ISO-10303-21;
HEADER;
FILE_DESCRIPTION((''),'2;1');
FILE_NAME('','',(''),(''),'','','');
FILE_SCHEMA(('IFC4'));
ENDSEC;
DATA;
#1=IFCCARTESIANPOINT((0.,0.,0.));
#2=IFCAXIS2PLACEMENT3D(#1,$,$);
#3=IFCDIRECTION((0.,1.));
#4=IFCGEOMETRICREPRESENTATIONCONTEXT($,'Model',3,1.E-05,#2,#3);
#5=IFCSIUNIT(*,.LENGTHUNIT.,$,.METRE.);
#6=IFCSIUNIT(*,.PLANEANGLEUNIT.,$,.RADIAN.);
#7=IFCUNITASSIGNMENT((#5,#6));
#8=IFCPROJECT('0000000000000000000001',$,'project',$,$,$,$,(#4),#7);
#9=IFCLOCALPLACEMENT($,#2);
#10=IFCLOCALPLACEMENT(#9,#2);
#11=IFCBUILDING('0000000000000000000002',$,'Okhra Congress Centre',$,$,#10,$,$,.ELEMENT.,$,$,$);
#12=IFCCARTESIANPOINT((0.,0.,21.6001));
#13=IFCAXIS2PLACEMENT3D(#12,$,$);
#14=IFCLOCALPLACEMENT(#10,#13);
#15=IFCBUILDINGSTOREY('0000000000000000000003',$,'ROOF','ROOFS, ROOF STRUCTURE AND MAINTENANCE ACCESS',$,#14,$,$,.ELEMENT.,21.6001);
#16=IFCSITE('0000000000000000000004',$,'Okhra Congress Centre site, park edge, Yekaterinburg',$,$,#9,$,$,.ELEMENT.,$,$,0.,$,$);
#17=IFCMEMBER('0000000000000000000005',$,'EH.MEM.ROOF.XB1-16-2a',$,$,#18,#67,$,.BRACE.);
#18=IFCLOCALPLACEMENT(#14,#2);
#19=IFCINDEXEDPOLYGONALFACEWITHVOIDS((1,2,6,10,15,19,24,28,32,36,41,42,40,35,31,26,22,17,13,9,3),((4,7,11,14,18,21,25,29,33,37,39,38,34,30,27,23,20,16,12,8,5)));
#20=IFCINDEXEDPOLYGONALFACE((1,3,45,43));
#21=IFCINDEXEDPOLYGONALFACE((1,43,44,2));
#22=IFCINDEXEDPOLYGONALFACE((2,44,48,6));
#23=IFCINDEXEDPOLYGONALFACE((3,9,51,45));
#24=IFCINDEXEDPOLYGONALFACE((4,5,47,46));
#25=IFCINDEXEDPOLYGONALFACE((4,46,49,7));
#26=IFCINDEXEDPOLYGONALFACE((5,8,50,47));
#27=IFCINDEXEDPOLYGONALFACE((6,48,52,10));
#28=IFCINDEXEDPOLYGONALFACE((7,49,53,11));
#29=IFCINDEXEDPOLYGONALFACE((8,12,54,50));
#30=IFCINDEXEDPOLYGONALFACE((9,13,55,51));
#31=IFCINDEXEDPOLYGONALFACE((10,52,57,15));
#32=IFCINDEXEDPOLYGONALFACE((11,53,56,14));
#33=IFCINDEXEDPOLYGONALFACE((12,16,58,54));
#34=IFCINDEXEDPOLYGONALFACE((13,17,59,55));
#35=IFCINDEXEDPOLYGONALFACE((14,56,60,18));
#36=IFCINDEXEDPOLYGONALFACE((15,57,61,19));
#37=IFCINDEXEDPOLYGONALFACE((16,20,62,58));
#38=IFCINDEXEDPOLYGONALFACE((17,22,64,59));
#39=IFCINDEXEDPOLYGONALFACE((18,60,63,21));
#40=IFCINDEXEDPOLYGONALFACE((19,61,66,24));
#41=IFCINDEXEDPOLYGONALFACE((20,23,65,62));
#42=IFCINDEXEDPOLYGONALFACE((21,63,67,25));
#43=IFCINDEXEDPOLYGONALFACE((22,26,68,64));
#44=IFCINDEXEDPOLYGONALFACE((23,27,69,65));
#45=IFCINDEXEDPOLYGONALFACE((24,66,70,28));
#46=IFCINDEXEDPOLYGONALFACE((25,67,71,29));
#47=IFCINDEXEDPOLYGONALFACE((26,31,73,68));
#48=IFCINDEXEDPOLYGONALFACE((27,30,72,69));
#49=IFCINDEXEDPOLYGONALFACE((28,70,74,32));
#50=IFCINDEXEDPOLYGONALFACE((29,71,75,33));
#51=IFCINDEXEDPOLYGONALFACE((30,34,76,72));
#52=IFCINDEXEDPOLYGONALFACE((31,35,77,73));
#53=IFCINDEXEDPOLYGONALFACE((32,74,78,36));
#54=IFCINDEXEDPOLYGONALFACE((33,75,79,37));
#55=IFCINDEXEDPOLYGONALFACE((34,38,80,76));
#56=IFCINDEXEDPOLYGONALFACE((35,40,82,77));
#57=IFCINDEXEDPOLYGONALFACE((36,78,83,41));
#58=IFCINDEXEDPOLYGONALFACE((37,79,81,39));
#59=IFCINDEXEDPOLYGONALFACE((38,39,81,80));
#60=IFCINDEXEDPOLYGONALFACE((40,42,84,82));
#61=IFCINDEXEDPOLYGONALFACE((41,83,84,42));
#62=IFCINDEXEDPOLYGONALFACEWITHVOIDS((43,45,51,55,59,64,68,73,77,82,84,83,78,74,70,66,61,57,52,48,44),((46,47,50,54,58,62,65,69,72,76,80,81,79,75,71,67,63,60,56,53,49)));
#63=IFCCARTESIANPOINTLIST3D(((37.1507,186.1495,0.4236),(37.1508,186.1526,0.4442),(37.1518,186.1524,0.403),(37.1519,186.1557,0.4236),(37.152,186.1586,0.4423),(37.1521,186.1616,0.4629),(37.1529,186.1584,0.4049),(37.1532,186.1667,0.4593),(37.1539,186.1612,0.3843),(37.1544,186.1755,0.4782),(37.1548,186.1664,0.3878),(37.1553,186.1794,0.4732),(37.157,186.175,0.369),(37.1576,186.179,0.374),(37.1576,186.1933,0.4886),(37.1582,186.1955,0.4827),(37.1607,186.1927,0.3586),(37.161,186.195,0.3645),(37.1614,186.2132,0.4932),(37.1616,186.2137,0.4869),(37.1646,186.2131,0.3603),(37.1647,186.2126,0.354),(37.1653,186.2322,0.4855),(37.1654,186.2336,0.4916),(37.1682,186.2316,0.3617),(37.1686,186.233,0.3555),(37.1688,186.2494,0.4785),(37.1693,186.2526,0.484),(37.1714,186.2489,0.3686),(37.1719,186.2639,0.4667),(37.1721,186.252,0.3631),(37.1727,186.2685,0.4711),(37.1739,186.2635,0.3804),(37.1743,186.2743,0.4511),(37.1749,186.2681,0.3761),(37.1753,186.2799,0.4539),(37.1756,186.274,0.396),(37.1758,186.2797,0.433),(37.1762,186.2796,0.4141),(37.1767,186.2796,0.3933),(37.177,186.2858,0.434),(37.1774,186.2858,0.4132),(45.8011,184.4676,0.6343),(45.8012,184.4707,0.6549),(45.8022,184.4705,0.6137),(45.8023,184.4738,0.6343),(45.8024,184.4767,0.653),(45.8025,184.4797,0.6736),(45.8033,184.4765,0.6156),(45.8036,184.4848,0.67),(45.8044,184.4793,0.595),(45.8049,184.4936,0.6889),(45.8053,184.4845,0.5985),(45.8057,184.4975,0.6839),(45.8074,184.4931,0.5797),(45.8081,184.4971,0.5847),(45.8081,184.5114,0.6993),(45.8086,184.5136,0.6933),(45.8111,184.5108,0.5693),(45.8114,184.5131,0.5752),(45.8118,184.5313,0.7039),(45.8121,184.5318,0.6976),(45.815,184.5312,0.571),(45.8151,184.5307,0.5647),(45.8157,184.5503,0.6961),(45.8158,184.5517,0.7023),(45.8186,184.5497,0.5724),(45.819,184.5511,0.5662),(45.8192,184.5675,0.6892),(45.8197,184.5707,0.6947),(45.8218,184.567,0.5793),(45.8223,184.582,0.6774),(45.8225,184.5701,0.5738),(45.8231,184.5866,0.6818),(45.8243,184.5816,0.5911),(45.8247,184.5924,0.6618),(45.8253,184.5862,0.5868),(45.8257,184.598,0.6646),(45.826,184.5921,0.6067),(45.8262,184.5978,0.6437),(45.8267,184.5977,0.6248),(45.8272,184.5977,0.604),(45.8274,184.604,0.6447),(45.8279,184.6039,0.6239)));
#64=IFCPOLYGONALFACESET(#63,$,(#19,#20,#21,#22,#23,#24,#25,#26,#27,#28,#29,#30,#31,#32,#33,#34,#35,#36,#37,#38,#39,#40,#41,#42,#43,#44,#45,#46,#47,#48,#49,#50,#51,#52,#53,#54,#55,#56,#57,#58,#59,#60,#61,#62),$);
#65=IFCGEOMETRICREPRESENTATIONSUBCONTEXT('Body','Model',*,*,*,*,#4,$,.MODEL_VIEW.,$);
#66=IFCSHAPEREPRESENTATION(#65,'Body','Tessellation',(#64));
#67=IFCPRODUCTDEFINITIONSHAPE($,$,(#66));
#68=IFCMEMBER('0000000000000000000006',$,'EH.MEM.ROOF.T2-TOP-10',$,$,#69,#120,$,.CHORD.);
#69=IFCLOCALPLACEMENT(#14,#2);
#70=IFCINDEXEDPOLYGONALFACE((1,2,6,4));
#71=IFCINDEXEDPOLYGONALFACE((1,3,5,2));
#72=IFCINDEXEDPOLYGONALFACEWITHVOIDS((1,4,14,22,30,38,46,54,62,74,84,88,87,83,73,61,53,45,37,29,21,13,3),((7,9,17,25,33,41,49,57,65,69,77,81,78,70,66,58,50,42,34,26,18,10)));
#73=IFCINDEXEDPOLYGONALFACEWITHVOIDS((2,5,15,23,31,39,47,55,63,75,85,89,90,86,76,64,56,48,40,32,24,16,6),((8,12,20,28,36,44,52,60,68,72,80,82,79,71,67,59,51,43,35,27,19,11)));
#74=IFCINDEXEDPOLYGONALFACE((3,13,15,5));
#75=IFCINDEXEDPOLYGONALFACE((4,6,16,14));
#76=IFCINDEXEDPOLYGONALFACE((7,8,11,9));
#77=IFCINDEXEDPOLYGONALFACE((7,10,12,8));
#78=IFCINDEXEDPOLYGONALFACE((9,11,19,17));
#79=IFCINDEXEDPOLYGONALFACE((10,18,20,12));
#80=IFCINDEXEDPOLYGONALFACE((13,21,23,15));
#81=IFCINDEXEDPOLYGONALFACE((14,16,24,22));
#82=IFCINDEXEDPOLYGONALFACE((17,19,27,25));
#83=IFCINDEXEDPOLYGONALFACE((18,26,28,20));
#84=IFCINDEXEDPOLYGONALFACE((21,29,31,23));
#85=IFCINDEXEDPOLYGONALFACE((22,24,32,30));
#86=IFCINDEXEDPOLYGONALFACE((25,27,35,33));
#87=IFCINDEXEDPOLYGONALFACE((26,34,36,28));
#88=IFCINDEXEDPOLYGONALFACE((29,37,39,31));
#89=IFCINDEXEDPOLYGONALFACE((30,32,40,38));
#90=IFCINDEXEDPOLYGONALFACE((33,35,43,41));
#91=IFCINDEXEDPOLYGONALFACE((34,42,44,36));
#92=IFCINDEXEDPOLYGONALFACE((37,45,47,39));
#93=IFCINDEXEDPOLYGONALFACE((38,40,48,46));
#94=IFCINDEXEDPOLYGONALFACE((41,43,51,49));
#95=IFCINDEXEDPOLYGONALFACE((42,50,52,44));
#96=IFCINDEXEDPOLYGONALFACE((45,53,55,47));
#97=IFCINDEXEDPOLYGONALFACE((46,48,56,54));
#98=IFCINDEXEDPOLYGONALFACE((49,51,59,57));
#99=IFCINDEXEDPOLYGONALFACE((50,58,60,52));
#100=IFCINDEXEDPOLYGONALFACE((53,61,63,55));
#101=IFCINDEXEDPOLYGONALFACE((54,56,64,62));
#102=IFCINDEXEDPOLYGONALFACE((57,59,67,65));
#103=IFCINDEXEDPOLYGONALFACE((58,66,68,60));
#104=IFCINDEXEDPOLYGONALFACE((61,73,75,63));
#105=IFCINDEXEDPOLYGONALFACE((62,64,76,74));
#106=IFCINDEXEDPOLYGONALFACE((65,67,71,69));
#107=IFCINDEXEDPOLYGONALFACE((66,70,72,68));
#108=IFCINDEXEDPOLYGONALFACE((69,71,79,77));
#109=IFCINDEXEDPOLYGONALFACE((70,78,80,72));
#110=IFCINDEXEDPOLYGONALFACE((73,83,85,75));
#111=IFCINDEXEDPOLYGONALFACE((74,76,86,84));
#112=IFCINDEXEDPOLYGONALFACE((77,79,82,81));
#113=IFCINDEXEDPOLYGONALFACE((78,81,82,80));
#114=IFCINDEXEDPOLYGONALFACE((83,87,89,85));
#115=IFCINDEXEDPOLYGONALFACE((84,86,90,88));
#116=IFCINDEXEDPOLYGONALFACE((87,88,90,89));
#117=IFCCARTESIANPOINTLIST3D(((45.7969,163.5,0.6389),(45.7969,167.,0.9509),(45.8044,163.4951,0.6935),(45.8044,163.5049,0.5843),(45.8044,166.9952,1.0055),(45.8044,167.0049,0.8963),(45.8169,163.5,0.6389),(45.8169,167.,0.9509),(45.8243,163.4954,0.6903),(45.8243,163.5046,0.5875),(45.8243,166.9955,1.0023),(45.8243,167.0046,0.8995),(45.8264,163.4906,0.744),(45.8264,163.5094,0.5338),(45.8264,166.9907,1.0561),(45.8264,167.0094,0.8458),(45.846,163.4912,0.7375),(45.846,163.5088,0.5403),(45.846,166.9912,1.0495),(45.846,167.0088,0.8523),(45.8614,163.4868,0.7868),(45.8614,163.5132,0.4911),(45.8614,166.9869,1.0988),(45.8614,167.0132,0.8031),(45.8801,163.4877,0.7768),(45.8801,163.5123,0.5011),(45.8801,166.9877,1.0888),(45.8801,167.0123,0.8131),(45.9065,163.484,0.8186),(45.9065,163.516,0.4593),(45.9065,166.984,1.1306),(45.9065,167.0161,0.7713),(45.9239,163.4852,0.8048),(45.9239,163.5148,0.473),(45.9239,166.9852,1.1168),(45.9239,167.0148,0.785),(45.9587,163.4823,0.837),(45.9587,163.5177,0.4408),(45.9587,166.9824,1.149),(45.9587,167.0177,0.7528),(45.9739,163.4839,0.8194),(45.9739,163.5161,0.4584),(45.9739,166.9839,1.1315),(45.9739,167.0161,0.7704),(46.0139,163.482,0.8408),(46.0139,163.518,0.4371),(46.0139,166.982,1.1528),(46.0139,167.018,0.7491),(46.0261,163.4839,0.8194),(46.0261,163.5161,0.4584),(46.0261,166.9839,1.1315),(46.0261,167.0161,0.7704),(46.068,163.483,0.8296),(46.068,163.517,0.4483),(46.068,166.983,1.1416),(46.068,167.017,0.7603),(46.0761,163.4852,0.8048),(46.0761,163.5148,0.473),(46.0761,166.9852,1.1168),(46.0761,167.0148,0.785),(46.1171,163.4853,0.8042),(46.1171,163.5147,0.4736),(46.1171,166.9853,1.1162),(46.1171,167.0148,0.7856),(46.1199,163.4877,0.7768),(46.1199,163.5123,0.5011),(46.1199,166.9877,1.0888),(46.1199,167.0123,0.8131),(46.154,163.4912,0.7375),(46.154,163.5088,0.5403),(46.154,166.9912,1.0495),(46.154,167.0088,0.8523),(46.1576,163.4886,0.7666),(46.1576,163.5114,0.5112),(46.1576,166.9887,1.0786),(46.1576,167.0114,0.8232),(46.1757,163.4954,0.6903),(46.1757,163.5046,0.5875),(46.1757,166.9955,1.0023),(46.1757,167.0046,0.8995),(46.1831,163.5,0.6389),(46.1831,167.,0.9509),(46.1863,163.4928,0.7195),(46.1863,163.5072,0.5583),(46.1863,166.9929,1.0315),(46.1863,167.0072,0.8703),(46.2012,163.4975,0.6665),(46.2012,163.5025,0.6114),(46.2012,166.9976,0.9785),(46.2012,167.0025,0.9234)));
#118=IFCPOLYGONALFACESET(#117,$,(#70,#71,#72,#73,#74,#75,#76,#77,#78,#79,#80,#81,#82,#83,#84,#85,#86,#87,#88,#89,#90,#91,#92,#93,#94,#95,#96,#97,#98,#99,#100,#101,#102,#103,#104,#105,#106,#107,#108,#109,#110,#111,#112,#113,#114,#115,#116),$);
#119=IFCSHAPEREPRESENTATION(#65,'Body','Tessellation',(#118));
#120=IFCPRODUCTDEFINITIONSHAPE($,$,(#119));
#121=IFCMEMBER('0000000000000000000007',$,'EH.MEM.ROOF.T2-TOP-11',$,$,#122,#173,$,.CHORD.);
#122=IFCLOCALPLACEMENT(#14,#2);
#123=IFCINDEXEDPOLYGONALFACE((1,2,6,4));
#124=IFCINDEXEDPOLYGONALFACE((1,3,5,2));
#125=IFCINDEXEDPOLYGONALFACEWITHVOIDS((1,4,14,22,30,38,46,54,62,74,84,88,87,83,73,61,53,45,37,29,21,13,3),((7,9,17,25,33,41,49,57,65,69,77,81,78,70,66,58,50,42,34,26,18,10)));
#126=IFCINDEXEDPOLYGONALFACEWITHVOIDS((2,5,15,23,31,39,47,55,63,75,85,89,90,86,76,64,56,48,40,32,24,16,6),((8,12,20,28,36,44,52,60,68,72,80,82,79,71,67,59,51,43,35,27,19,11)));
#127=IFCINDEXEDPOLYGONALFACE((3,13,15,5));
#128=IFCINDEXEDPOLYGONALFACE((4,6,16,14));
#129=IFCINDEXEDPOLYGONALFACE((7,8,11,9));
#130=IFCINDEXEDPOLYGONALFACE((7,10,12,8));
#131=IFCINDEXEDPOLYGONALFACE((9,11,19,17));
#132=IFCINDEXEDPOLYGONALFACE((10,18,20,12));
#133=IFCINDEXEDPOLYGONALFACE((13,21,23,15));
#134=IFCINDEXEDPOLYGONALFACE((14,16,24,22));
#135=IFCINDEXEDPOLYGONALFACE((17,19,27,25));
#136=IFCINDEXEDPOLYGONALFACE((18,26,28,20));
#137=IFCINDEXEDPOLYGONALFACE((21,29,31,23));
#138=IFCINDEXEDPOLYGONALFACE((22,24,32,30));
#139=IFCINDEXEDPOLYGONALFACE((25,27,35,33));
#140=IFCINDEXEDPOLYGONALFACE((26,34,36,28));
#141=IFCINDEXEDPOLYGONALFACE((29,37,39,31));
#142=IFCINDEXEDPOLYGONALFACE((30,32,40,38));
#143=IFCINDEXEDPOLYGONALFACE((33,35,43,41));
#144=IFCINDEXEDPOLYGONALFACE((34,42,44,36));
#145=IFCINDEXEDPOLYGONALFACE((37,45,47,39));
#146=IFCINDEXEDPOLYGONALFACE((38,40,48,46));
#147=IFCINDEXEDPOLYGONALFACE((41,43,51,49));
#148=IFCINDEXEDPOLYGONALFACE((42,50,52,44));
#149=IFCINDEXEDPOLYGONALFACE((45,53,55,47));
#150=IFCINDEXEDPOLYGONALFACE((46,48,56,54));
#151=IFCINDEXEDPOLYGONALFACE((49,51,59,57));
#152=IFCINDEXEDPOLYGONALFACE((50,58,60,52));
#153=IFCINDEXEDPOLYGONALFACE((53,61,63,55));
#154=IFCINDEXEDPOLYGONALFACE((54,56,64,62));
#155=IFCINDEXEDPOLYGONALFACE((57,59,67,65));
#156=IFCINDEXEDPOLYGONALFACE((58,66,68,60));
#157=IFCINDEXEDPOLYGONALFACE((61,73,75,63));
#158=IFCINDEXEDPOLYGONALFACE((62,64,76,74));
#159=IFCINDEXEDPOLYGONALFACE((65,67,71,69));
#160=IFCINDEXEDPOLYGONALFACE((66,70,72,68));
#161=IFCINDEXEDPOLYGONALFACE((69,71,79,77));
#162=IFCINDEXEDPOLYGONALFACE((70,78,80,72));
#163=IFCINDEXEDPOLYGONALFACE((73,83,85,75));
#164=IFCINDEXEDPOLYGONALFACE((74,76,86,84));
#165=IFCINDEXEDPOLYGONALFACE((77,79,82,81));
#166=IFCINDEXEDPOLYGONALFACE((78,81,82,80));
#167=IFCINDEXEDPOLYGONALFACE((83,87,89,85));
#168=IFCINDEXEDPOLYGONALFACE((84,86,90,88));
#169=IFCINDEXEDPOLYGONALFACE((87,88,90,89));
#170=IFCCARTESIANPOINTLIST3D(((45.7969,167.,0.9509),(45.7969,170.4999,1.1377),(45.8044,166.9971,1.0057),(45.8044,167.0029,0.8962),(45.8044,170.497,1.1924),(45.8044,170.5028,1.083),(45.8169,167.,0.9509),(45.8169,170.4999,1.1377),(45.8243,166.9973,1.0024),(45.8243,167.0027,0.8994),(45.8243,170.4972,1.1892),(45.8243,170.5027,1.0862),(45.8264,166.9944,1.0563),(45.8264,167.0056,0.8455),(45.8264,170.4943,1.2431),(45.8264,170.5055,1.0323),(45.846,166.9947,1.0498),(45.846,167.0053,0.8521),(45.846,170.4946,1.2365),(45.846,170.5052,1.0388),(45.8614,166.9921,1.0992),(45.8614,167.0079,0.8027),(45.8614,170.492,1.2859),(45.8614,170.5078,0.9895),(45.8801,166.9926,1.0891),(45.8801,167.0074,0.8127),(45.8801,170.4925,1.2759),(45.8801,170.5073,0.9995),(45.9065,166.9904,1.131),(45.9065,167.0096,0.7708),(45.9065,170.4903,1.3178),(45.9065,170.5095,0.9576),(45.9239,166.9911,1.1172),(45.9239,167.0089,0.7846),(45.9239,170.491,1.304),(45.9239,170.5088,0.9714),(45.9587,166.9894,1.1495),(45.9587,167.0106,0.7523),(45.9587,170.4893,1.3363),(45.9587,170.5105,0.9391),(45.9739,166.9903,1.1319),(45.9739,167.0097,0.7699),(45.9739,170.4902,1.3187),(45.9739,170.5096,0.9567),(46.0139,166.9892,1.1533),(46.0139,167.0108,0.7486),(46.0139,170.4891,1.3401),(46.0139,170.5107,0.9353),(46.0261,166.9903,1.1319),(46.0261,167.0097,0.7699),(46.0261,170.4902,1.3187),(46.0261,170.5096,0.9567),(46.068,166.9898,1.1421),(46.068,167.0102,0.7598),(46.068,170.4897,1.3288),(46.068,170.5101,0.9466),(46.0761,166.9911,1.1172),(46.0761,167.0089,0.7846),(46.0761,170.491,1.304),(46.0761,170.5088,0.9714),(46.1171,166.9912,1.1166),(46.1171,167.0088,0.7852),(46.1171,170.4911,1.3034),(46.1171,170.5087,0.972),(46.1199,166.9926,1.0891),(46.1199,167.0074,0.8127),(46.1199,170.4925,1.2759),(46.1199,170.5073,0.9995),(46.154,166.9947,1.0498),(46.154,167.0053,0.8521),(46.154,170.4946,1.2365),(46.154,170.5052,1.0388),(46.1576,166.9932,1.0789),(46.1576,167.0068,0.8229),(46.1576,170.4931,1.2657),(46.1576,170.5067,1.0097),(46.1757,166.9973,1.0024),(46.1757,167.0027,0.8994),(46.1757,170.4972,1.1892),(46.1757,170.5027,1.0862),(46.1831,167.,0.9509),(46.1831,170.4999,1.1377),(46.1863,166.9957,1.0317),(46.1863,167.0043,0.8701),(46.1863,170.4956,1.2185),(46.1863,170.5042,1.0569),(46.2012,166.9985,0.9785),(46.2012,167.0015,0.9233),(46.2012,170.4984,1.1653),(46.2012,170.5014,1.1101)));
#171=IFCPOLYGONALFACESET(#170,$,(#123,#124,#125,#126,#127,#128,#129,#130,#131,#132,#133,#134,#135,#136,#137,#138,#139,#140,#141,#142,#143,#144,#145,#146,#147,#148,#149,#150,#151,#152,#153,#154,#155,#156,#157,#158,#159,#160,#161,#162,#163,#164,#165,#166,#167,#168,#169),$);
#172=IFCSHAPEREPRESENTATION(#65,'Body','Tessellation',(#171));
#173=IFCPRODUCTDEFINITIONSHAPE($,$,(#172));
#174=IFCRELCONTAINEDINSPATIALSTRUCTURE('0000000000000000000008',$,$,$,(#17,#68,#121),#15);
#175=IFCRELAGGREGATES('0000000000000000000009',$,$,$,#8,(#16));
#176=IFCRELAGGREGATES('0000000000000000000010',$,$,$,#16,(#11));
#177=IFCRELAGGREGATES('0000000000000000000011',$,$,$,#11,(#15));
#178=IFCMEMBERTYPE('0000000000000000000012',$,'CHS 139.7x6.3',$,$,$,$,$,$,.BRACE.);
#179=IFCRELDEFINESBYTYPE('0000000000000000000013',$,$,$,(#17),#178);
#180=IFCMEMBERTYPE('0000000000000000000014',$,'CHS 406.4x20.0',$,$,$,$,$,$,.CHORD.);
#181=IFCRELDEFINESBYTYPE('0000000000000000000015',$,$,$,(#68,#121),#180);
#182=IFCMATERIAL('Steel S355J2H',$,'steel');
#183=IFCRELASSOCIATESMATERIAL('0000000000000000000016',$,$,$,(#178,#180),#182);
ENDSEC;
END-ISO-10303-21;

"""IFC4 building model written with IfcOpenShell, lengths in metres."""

from ifc_helpers import new_model, si_unit, direction, frame, origin, origin_2d, place, context, subcontext, project, spatial, hollow_circle, extrude, material, material_profile, profile_set, type_object, element, save


model = new_model("IFC4")

# Units and contexts
model_context = context("Model", 3, precision=1e-05, world=origin(), true_north=direction((0.0, 1.0)))
body_context = subcontext(model_context, "Body", "Model", "MODEL_VIEW")
ifc_project = project(units=[si_unit("LENGTHUNIT", "METRE"), si_unit("PLANEANGLEUNIT", "RADIAN")], contexts=[model_context])

# Site, building, storey
site_placement = place(None, origin())
site = spatial("IfcSite", under=ifc_project, at=site_placement, Name="Okhra Congress Centre site, park edge, Yekaterinburg", CompositionType="ELEMENT", RefElevation=0.0)
building_placement = place(site_placement, origin())
building = spatial("IfcBuilding", under=site, at=building_placement, Name="Okhra Congress Centre", CompositionType="ELEMENT")
storey_placement = place(building_placement, frame((0.0, 0.0, 21.6001)))
storey = spatial("IfcBuildingStorey", under=building, at=storey_placement, Name="ROOF", Description="ROOFS, ROOF STRUCTURE AND MAINTENANCE ACCESS", CompositionType="ELEMENT", Elevation=21.6001)

# Members
ifc_material_1 = material(Name="Steel S355J2H", Category="steel")
ifc_material_profile_1 = material_profile(ifc_material_1, hollow_circle(Radius=0.0698, WallThickness=0.0063, at=origin_2d()), Name="CHS 139.7x6.3")
ifc_profile_set_1 = profile_set([ifc_material_profile_1], Name="Steel S355J2H")
member_type_1 = type_object("IfcMemberType", Name="CHS 139.7x6.3", PredefinedType="BRACE", material=ifc_profile_set_1)
member_1_placement = place(storey_placement, frame((45.8145, 184.5361, 0.6343), z_axis=(-0.981338, 0.1908, -0.023902), x_axis=(-0.190855, -0.981618, 0.0)))
element("IfcMember", 1, at=member_1_placement, inside=storey, type_object=member_type_1, Name="EH.MEM.ROOF.XB1-16-2a", PredefinedType="BRACE", context=body_context, shape_type="SweptSolid", body=[
    extrude(hollow_circle(Radius=0.0698, WallThickness=0.0063, at=origin_2d()), origin(), (0.0, 0.0, 1.0), 8.8149),
])
ifc_material_profile_2 = material_profile(ifc_material_1, hollow_circle(Radius=0.2031, WallThickness=0.02, at=origin_2d()), Name="CHS 406.4x20.0")
ifc_profile_set_2 = profile_set([ifc_material_profile_2], Name="Steel S355J2H")
member_type_2 = type_object("IfcMemberType", Name="CHS 406.4x20.0", PredefinedType="CHORD", material=ifc_profile_set_2)
member_2_placement = place(storey_placement, frame((46.0, 163.5, 0.6389), z_axis=(0.0, 0.99605, 0.088794), x_axis=(-1.0, 0.0, 0.0)))
element("IfcMember", 2, at=member_2_placement, inside=storey, type_object=member_type_2, Name="EH.MEM.ROOF.T2-TOP-10", PredefinedType="CHORD", context=body_context, shape_type="SweptSolid", body=[
    extrude(hollow_circle(Radius=0.2031, WallThickness=0.02, at=origin_2d()), origin(), (0.0, 0.0, 1.0), 3.5139),
])
member_3_placement = place(storey_placement, frame((46.0, 167.0, 0.9509), z_axis=(0.0, 0.998579, 0.053286), x_axis=(-1.0, 0.0, 0.0)))
element("IfcMember", 3, at=member_3_placement, inside=storey, type_object=member_type_2, Name="EH.MEM.ROOF.T2-TOP-11", PredefinedType="CHORD", context=body_context, shape_type="SweptSolid", body=[
    extrude(hollow_circle(Radius=0.2031, WallThickness=0.02, at=origin_2d()), origin(), (0.0, 0.0, 1.0), 3.5049),
])

save(model, "model.ifc")
